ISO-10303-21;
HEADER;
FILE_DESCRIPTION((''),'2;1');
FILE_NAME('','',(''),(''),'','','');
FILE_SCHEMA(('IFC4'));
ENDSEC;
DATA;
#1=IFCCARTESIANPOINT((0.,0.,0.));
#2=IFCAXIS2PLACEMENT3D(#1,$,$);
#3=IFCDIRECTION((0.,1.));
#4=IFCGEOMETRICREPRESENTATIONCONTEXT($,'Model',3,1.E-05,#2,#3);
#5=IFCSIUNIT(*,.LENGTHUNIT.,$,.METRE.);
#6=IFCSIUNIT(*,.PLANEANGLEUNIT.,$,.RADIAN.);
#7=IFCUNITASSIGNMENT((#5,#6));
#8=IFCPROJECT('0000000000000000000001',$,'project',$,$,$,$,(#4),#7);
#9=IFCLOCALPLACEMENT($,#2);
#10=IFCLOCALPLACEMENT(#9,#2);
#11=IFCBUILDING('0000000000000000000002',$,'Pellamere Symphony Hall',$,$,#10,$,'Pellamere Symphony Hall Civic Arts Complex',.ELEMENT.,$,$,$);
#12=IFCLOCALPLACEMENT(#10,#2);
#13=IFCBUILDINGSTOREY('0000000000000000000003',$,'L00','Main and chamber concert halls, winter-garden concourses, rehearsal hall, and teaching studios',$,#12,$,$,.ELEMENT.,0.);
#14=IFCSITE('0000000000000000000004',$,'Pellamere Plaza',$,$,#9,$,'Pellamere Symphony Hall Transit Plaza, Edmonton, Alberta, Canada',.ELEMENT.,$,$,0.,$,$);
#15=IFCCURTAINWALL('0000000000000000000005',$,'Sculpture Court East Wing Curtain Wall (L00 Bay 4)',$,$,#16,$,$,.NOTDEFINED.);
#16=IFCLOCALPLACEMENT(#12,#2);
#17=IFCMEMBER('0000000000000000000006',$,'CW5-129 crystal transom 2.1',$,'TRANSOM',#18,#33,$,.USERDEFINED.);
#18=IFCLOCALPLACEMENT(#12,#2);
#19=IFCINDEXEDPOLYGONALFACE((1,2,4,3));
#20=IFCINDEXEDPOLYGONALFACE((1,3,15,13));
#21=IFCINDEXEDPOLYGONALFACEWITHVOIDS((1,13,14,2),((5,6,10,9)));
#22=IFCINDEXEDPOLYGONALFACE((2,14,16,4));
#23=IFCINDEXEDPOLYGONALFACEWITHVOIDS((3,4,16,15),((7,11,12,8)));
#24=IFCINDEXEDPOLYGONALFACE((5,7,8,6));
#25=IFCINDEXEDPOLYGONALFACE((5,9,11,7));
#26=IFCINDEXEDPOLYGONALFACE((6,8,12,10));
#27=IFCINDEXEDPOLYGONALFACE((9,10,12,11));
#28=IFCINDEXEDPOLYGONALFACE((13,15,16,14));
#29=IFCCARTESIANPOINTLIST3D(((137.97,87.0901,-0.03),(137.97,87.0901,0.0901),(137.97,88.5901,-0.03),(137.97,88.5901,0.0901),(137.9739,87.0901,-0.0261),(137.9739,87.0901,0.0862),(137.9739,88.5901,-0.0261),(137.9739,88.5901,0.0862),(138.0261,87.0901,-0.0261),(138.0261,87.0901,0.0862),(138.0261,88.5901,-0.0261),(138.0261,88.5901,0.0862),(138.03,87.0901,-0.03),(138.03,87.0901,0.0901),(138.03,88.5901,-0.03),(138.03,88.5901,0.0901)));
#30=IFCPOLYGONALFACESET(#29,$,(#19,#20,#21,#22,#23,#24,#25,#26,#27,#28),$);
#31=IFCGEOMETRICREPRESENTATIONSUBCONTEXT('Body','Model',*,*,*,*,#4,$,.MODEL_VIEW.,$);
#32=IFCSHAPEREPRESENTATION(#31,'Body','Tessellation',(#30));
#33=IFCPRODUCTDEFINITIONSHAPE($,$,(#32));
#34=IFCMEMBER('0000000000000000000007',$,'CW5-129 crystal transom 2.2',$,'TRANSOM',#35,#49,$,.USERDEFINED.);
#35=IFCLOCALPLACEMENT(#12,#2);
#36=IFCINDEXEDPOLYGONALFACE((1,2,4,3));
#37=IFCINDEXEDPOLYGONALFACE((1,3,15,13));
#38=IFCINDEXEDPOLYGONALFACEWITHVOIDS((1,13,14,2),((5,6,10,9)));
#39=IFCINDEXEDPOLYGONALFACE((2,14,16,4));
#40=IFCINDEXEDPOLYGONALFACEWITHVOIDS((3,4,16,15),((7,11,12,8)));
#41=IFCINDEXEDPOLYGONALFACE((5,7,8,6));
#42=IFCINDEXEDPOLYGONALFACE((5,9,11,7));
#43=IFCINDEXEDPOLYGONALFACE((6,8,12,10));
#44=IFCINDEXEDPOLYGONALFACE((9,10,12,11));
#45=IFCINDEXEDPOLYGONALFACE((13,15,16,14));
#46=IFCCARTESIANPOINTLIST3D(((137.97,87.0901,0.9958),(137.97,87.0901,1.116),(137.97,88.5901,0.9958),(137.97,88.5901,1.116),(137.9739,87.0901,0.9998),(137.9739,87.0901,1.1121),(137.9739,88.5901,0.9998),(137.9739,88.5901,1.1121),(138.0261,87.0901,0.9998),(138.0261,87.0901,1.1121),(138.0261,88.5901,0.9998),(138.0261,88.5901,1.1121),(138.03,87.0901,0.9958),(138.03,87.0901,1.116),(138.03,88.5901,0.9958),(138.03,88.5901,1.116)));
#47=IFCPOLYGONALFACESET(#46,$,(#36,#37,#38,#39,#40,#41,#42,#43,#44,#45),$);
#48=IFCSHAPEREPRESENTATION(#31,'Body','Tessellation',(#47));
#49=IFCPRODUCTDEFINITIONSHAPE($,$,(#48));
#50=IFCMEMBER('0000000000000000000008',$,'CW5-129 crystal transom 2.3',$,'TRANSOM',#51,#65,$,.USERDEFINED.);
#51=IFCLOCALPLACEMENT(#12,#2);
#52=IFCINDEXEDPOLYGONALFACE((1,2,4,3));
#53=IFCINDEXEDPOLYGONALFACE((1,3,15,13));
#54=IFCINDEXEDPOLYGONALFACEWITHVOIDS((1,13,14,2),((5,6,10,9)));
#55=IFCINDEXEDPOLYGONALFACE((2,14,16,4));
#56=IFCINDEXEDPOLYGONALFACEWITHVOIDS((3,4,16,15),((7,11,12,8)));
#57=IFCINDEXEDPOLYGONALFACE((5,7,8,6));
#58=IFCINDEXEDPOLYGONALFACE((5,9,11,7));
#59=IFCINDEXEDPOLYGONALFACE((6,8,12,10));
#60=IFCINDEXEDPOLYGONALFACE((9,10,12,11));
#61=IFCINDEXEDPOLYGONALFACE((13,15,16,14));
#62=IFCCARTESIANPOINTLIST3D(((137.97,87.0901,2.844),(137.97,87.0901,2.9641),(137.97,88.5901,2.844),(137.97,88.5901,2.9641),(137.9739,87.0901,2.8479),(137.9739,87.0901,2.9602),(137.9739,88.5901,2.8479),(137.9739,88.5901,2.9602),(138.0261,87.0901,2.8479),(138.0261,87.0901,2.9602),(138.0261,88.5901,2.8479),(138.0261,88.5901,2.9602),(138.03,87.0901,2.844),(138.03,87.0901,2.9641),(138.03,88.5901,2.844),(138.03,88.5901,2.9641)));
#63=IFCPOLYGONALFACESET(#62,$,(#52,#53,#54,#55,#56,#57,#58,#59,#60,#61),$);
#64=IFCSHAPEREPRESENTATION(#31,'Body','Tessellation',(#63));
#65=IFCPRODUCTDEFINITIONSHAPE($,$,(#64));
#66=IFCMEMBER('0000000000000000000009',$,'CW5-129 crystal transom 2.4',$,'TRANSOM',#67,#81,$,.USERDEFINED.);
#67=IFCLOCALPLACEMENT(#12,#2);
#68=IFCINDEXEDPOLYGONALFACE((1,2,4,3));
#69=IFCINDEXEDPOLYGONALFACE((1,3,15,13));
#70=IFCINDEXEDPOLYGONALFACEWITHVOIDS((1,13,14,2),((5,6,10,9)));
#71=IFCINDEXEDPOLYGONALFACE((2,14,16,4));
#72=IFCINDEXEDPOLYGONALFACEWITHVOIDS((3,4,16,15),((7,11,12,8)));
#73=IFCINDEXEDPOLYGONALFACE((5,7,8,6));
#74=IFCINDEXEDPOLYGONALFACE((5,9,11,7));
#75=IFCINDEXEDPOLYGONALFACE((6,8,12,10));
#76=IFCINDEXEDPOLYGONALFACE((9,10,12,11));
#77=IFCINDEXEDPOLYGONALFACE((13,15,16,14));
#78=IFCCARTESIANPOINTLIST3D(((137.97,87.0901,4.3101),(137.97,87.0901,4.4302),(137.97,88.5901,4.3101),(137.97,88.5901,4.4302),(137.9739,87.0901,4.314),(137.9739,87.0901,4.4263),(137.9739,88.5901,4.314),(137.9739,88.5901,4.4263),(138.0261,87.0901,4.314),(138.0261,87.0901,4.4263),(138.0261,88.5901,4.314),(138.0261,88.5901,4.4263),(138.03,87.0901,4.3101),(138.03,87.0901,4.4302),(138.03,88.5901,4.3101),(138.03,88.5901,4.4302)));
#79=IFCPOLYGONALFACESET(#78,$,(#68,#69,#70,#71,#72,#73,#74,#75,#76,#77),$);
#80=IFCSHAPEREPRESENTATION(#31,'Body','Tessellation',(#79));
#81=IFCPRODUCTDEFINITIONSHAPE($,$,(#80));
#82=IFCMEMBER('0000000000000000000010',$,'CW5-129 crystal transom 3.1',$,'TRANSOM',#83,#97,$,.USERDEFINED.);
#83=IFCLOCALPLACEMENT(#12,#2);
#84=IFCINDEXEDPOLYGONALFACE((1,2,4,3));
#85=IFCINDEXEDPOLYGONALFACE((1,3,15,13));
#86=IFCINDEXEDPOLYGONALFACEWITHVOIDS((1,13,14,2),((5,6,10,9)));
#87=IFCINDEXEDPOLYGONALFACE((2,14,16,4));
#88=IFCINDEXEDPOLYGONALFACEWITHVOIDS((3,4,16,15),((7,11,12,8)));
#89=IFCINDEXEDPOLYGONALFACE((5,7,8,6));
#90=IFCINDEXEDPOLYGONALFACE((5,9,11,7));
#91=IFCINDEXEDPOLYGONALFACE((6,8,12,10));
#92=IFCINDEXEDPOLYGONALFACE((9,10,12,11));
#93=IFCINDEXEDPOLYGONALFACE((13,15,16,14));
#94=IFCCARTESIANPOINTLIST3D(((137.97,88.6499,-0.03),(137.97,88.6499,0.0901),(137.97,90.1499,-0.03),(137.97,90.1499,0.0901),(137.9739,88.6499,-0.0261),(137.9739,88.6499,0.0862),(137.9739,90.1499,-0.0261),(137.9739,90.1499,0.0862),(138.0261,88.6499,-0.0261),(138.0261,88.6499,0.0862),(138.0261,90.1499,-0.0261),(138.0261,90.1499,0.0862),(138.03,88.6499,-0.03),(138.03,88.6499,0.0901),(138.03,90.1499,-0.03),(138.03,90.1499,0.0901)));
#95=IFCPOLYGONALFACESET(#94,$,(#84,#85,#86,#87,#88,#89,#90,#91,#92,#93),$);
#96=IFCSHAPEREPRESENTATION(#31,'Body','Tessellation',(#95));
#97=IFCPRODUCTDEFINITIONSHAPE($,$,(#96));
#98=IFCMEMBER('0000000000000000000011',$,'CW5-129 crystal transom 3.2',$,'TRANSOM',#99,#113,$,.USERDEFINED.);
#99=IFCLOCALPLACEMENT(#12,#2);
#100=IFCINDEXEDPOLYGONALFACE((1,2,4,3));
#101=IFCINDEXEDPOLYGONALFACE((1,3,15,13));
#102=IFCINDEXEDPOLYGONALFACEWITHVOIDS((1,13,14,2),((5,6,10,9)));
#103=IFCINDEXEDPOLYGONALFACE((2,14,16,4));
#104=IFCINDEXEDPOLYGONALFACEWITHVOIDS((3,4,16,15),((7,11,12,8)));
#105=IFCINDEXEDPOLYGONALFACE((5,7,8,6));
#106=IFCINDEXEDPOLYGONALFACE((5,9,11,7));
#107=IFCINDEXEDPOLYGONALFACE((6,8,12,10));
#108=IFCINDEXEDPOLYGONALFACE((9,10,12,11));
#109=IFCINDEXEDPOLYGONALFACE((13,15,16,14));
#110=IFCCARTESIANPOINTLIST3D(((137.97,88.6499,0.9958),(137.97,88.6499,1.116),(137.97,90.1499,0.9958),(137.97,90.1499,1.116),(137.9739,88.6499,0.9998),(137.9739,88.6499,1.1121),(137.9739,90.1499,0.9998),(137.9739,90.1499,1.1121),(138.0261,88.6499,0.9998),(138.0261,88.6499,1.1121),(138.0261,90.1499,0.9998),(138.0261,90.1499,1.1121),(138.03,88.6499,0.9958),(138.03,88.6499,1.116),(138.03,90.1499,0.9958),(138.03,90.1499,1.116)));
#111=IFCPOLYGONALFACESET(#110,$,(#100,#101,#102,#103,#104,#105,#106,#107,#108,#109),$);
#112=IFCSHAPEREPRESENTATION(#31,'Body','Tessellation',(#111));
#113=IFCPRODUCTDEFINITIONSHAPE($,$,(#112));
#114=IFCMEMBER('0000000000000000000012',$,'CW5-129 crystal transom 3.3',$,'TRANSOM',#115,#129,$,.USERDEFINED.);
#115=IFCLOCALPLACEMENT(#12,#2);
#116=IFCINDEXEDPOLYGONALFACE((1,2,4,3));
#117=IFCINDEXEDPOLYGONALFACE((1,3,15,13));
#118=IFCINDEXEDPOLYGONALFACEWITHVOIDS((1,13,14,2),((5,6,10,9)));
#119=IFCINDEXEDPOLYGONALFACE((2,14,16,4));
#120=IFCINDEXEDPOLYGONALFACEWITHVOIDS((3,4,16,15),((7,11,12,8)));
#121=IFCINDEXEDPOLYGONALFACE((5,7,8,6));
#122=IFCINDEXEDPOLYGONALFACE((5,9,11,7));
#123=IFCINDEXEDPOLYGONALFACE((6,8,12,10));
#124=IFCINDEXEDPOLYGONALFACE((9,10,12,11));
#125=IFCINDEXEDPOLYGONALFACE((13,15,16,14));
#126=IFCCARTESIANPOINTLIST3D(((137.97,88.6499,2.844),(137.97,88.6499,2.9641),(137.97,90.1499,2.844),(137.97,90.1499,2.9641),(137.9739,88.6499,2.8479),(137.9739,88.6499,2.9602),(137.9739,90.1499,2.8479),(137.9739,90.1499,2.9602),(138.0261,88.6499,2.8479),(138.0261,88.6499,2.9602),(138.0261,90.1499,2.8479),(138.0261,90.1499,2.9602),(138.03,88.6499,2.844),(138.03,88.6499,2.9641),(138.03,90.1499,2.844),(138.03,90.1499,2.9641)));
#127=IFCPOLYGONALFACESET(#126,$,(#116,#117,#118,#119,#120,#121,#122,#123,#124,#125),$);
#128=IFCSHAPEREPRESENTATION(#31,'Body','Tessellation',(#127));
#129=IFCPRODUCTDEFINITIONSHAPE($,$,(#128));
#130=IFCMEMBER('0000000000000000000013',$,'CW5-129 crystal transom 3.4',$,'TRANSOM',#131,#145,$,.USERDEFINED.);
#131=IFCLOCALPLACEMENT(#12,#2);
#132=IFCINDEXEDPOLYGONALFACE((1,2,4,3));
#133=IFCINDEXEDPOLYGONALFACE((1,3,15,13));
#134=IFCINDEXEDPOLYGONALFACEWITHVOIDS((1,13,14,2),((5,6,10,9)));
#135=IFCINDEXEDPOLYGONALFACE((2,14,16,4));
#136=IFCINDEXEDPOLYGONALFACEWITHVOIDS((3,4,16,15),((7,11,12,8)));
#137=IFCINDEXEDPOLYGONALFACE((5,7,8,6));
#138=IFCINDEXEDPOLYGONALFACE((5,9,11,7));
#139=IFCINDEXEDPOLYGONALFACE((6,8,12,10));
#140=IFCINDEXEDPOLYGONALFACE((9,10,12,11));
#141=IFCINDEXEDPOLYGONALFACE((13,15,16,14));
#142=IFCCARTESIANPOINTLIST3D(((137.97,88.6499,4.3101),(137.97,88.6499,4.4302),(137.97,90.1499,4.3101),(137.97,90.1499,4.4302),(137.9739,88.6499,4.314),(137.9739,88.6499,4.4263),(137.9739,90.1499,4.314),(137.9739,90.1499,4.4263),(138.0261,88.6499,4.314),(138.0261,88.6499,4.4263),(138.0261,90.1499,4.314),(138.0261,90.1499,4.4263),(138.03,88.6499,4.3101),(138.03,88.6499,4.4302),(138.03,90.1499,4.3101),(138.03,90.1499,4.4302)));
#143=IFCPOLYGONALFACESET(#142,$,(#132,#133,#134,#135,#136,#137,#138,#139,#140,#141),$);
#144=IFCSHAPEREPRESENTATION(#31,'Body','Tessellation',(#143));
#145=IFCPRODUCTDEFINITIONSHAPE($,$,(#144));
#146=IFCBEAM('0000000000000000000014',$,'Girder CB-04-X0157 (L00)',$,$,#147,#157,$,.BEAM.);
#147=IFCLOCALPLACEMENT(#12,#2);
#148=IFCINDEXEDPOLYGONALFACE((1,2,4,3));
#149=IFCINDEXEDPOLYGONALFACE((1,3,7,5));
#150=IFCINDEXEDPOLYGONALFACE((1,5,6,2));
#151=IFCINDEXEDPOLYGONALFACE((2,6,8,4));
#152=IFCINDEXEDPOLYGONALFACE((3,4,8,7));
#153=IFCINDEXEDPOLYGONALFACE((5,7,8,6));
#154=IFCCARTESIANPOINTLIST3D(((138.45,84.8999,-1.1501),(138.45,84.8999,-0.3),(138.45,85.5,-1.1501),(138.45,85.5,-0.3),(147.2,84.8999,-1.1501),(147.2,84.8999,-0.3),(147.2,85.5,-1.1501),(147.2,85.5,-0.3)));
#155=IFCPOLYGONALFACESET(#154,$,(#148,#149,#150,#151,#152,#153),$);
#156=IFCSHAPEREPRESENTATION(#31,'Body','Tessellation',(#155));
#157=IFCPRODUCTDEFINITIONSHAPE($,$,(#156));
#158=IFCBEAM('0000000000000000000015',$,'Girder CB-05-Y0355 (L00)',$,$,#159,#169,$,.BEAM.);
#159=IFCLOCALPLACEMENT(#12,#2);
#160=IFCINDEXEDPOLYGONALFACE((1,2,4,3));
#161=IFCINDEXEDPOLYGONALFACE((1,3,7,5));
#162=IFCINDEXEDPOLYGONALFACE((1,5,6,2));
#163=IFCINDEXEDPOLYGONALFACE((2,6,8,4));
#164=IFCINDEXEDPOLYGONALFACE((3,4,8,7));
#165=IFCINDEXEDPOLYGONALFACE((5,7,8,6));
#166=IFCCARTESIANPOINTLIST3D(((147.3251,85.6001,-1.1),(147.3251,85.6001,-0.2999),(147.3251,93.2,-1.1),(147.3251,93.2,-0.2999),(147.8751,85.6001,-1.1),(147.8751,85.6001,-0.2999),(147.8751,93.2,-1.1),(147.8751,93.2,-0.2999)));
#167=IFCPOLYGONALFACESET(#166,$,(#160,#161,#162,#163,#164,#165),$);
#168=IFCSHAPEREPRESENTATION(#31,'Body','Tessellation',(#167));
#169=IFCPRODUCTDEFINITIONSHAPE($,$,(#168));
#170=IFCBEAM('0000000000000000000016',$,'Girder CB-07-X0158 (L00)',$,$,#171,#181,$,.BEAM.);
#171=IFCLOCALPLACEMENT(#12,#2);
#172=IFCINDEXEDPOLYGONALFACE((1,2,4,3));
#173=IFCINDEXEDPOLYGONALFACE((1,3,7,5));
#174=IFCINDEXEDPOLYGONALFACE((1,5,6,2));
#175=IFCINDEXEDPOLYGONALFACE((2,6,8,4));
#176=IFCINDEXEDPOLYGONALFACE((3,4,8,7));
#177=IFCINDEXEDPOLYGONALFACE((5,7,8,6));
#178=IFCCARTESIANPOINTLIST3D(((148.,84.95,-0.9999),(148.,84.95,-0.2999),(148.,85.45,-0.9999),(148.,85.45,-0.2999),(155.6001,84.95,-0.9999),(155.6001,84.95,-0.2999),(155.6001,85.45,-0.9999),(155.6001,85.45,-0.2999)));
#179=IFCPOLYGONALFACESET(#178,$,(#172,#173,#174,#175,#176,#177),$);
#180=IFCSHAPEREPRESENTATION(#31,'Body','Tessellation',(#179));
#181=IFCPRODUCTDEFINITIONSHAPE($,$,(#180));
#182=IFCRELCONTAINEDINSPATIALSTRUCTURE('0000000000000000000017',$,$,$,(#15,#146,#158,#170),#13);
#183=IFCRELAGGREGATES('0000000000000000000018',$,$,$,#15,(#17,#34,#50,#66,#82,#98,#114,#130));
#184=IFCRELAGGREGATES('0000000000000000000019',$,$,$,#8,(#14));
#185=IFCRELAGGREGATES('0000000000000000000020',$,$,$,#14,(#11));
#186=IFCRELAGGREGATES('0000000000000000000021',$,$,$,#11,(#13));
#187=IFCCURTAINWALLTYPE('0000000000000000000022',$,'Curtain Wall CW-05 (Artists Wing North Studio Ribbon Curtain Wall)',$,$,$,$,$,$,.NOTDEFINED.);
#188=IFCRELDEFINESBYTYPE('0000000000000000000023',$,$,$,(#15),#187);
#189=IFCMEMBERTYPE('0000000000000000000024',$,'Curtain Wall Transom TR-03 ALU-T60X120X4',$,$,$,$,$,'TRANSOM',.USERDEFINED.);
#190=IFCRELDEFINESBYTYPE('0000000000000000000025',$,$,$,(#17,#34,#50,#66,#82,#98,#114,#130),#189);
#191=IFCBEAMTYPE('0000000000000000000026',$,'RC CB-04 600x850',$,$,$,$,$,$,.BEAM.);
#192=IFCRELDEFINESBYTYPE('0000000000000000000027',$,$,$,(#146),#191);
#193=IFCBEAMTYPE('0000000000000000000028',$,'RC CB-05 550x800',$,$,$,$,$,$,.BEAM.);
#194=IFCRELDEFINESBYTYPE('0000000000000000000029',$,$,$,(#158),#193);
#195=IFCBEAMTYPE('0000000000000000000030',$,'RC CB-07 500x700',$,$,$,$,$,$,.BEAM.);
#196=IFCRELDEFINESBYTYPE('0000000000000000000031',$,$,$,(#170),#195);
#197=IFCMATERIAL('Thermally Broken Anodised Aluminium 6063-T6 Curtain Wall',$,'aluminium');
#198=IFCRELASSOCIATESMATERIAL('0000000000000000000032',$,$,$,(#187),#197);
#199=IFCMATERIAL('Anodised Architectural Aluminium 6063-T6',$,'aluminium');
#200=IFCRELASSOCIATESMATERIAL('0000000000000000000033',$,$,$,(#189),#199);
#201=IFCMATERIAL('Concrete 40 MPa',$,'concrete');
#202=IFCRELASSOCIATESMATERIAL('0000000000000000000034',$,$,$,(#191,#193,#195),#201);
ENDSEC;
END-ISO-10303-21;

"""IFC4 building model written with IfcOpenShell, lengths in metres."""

from ifc_helpers import new_model, si_unit, direction, frame, origin, origin_2d, place, context, subcontext, project, spatial, rectangle, hollow_rectangle, extrude, material, material_profile, profile_set, type_object, element, aggregate, save


model = new_model("IFC4")

# Units and contexts
model_context = context("Model", 3, precision=1e-05, world=origin(), true_north=direction((0.0, 1.0)))
body_context = subcontext(model_context, "Body", "Model", "MODEL_VIEW")
ifc_project = project(units=[si_unit("LENGTHUNIT", "METRE"), si_unit("PLANEANGLEUNIT", "RADIAN")], contexts=[model_context])

# Site, building, storey
site_placement = place(None, origin())
site = spatial("IfcSite", under=ifc_project, at=site_placement, Name="Pellamere Plaza", LongName="Pellamere Symphony Hall Transit Plaza, Edmonton, Alberta, Canada", CompositionType="ELEMENT", RefElevation=0.0)
building_placement = place(site_placement, origin())
building = spatial("IfcBuilding", under=site, at=building_placement, Name="Pellamere Symphony Hall", LongName="Pellamere Symphony Hall Civic Arts Complex", CompositionType="ELEMENT")
storey_placement = place(building_placement, origin())
storey = spatial("IfcBuildingStorey", under=building, at=storey_placement, Name="L00", Description="Main and chamber concert halls, winter-garden concourses, rehearsal hall, and teaching studios", CompositionType="ELEMENT", Elevation=0.0)

# Shared definitions
ifc_material_1 = material(Name="Concrete 40 MPa", Category="concrete")

# Shared definitions
ifc_material_2 = material(Name="Thermally Broken Anodised Aluminium 6063-T6 Curtain Wall", Category="aluminium")
curtain_wall_type = type_object("IfcCurtainWallType", Name="Curtain Wall CW-05 (Artists Wing North Studio Ribbon Curtain Wall)", PredefinedType="NOTDEFINED", material=ifc_material_2)
ifc_material_3 = material(Name="Anodised Architectural Aluminium 6063-T6", Category="aluminium")

# Curtain wall
curtain_wall_1_placement = place(storey_placement, origin())
curtain_wall_1 = element("IfcCurtainWall", 1, at=curtain_wall_1_placement, inside=storey, type_object=curtain_wall_type, Name="Sculpture Court East Wing Curtain Wall (L00 Bay 4)", PredefinedType="NOTDEFINED")

# Members
ifc_material_profile_1 = material_profile(ifc_material_3, hollow_rectangle(XDim=0.0601, YDim=0.1201, WallThickness=0.0039, at=origin_2d()), Name="ALU-T60X120X4")
ifc_profile_set_1 = profile_set([ifc_material_profile_1], Name="Anodised Architectural Aluminium 6063-T6")
member_type_1 = type_object("IfcMemberType", Name="Curtain Wall Transom TR-03 ALU-T60X120X4", ElementType="TRANSOM", PredefinedType="USERDEFINED", material=ifc_profile_set_1)
member_1_placement = place(storey_placement, frame((138.0, 87.0901, 0.03), z_axis=(0.0, 1.0, 0.0), x_axis=(-1.0, 0.0, 0.0)))
member_1 = element("IfcMember", 2, at=member_1_placement, type_object=member_type_1, Name="CW5-129 crystal transom 2.1", ObjectType="TRANSOM", PredefinedType="USERDEFINED", context=body_context, shape_type="SweptSolid", body=[
    extrude(hollow_rectangle(XDim=0.0601, YDim=0.1201, WallThickness=0.0039, at=origin_2d()), origin(), (0.0, 0.0, 1.0), 1.5),
])
member_2_placement = place(storey_placement, frame((138.0, 87.0901, 1.0559), z_axis=(0.0, 1.0, 0.0), x_axis=(-1.0, 0.0, 0.0)))
member_2 = element("IfcMember", 3, at=member_2_placement, type_object=member_type_1, Name="CW5-129 crystal transom 2.2", ObjectType="TRANSOM", PredefinedType="USERDEFINED", context=body_context, shape_type="SweptSolid", body=[
    extrude(hollow_rectangle(XDim=0.0601, YDim=0.1201, WallThickness=0.0039, at=origin_2d()), origin(), (0.0, 0.0, 1.0), 1.5),
])
member_3_placement = place(storey_placement, frame((138.0, 87.0901, 2.9041), z_axis=(0.0, 1.0, 0.0), x_axis=(-1.0, 0.0, 0.0)))
member_3 = element("IfcMember", 4, at=member_3_placement, type_object=member_type_1, Name="CW5-129 crystal transom 2.3", ObjectType="TRANSOM", PredefinedType="USERDEFINED", context=body_context, shape_type="SweptSolid", body=[
    extrude(hollow_rectangle(XDim=0.0601, YDim=0.1201, WallThickness=0.0039, at=origin_2d()), origin(), (0.0, 0.0, 1.0), 1.5),
])
member_4_placement = place(storey_placement, frame((138.0, 87.0901, 4.3701), z_axis=(0.0, 1.0, 0.0), x_axis=(-1.0, 0.0, 0.0)))
member_4 = element("IfcMember", 5, at=member_4_placement, type_object=member_type_1, Name="CW5-129 crystal transom 2.4", ObjectType="TRANSOM", PredefinedType="USERDEFINED", context=body_context, shape_type="SweptSolid", body=[
    extrude(hollow_rectangle(XDim=0.0601, YDim=0.1201, WallThickness=0.0039, at=origin_2d()), origin(), (0.0, 0.0, 1.0), 1.5),
])
member_5_placement = place(storey_placement, frame((138.0, 88.6499, 0.03), z_axis=(0.0, 1.0, 0.0), x_axis=(-1.0, 0.0, 0.0)))
member_5 = element("IfcMember", 6, at=member_5_placement, type_object=member_type_1, Name="CW5-129 crystal transom 3.1", ObjectType="TRANSOM", PredefinedType="USERDEFINED", context=body_context, shape_type="SweptSolid", body=[
    extrude(hollow_rectangle(XDim=0.0601, YDim=0.1201, WallThickness=0.0039, at=origin_2d()), origin(), (0.0, 0.0, 1.0), 1.5),
])
member_6_placement = place(storey_placement, frame((138.0, 88.6499, 1.0559), z_axis=(0.0, 1.0, 0.0), x_axis=(-1.0, 0.0, 0.0)))
member_6 = element("IfcMember", 7, at=member_6_placement, type_object=member_type_1, Name="CW5-129 crystal transom 3.2", ObjectType="TRANSOM", PredefinedType="USERDEFINED", context=body_context, shape_type="SweptSolid", body=[
    extrude(hollow_rectangle(XDim=0.0601, YDim=0.1201, WallThickness=0.0039, at=origin_2d()), origin(), (0.0, 0.0, 1.0), 1.5),
])
member_7_placement = place(storey_placement, frame((138.0, 88.6499, 2.9041), z_axis=(0.0, 1.0, 0.0), x_axis=(-1.0, 0.0, 0.0)))
member_7 = element("IfcMember", 8, at=member_7_placement, type_object=member_type_1, Name="CW5-129 crystal transom 3.3", ObjectType="TRANSOM", PredefinedType="USERDEFINED", context=body_context, shape_type="SweptSolid", body=[
    extrude(hollow_rectangle(XDim=0.0601, YDim=0.1201, WallThickness=0.0039, at=origin_2d()), origin(), (0.0, 0.0, 1.0), 1.5),
])
member_8_placement = place(storey_placement, frame((138.0, 88.6499, 4.3701), z_axis=(0.0, 1.0, 0.0), x_axis=(-1.0, 0.0, 0.0)))
member_8 = element("IfcMember", 9, at=member_8_placement, type_object=member_type_1, Name="CW5-129 crystal transom 3.4", ObjectType="TRANSOM", PredefinedType="USERDEFINED", context=body_context, shape_type="SweptSolid", body=[
    extrude(hollow_rectangle(XDim=0.0601, YDim=0.1201, WallThickness=0.0039, at=origin_2d()), origin(), (0.0, 0.0, 1.0), 1.5),
])

# Beams
ifc_material_profile_2 = material_profile(ifc_material_1, rectangle(XDim=0.6001, YDim=0.8501, at=origin_2d()), Name="RC 600x850")
ifc_profile_set_2 = profile_set([ifc_material_profile_2], Name="Concrete 40 MPa")
beam_type_1 = type_object("IfcBeamType", Name="RC CB-04 600x850", PredefinedType="BEAM", material=ifc_profile_set_2)
beam_1_placement = place(storey_placement, frame((138.45, 85.2, -0.7251), z_axis=(1.0, 0.0, 0.0), x_axis=(0.0, 1.0, 0.0)))
element("IfcBeam", 10, at=beam_1_placement, inside=storey, type_object=beam_type_1, Name="Girder CB-04-X0157 (L00)", PredefinedType="BEAM", context=body_context, shape_type="SweptSolid", body=[
    extrude(rectangle(XDim=0.6001, YDim=0.8501, at=origin_2d()), origin(), (0.0, 0.0, 1.0), 8.75),
])
ifc_material_profile_3 = material_profile(ifc_material_1, rectangle(XDim=0.55, YDim=0.8, at=origin_2d()), Name="RC 550x800")
ifc_profile_set_3 = profile_set([ifc_material_profile_3], Name="Concrete 40 MPa")
beam_type_2 = type_object("IfcBeamType", Name="RC CB-05 550x800", PredefinedType="BEAM", material=ifc_profile_set_3)
beam_2_placement = place(storey_placement, frame((147.6001, 85.6001, -0.7), z_axis=(0.0, 1.0, 0.0), x_axis=(-1.0, 0.0, 0.0)))
element("IfcBeam", 11, at=beam_2_placement, inside=storey, type_object=beam_type_2, Name="Girder CB-05-Y0355 (L00)", PredefinedType="BEAM", context=body_context, shape_type="SweptSolid", body=[
    extrude(rectangle(XDim=0.55, YDim=0.8, at=origin_2d()), origin(), (0.0, 0.0, 1.0), 7.5999),
])
ifc_material_profile_4 = material_profile(ifc_material_1, rectangle(XDim=0.5, YDim=0.7, at=origin_2d()), Name="RC 500x700")
ifc_profile_set_4 = profile_set([ifc_material_profile_4], Name="Concrete 40 MPa")
beam_type_3 = type_object("IfcBeamType", Name="RC CB-07 500x700", PredefinedType="BEAM", material=ifc_profile_set_4)
beam_3_placement = place(storey_placement, frame((148.0, 85.2, -0.6499), z_axis=(1.0, 0.0, 0.0), x_axis=(0.0, 1.0, 0.0)))
element("IfcBeam", 12, at=beam_3_placement, inside=storey, type_object=beam_type_3, Name="Girder CB-07-X0158 (L00)", PredefinedType="BEAM", context=body_context, shape_type="SweptSolid", body=[
    extrude(rectangle(XDim=0.5, YDim=0.7, at=origin_2d()), origin(), (0.0, 0.0, 1.0), 7.6001),
])

aggregate(curtain_wall_1, [member_1, member_2, member_3, member_4, member_5, member_6, member_7, member_8])

save(model, "model.ifc")
